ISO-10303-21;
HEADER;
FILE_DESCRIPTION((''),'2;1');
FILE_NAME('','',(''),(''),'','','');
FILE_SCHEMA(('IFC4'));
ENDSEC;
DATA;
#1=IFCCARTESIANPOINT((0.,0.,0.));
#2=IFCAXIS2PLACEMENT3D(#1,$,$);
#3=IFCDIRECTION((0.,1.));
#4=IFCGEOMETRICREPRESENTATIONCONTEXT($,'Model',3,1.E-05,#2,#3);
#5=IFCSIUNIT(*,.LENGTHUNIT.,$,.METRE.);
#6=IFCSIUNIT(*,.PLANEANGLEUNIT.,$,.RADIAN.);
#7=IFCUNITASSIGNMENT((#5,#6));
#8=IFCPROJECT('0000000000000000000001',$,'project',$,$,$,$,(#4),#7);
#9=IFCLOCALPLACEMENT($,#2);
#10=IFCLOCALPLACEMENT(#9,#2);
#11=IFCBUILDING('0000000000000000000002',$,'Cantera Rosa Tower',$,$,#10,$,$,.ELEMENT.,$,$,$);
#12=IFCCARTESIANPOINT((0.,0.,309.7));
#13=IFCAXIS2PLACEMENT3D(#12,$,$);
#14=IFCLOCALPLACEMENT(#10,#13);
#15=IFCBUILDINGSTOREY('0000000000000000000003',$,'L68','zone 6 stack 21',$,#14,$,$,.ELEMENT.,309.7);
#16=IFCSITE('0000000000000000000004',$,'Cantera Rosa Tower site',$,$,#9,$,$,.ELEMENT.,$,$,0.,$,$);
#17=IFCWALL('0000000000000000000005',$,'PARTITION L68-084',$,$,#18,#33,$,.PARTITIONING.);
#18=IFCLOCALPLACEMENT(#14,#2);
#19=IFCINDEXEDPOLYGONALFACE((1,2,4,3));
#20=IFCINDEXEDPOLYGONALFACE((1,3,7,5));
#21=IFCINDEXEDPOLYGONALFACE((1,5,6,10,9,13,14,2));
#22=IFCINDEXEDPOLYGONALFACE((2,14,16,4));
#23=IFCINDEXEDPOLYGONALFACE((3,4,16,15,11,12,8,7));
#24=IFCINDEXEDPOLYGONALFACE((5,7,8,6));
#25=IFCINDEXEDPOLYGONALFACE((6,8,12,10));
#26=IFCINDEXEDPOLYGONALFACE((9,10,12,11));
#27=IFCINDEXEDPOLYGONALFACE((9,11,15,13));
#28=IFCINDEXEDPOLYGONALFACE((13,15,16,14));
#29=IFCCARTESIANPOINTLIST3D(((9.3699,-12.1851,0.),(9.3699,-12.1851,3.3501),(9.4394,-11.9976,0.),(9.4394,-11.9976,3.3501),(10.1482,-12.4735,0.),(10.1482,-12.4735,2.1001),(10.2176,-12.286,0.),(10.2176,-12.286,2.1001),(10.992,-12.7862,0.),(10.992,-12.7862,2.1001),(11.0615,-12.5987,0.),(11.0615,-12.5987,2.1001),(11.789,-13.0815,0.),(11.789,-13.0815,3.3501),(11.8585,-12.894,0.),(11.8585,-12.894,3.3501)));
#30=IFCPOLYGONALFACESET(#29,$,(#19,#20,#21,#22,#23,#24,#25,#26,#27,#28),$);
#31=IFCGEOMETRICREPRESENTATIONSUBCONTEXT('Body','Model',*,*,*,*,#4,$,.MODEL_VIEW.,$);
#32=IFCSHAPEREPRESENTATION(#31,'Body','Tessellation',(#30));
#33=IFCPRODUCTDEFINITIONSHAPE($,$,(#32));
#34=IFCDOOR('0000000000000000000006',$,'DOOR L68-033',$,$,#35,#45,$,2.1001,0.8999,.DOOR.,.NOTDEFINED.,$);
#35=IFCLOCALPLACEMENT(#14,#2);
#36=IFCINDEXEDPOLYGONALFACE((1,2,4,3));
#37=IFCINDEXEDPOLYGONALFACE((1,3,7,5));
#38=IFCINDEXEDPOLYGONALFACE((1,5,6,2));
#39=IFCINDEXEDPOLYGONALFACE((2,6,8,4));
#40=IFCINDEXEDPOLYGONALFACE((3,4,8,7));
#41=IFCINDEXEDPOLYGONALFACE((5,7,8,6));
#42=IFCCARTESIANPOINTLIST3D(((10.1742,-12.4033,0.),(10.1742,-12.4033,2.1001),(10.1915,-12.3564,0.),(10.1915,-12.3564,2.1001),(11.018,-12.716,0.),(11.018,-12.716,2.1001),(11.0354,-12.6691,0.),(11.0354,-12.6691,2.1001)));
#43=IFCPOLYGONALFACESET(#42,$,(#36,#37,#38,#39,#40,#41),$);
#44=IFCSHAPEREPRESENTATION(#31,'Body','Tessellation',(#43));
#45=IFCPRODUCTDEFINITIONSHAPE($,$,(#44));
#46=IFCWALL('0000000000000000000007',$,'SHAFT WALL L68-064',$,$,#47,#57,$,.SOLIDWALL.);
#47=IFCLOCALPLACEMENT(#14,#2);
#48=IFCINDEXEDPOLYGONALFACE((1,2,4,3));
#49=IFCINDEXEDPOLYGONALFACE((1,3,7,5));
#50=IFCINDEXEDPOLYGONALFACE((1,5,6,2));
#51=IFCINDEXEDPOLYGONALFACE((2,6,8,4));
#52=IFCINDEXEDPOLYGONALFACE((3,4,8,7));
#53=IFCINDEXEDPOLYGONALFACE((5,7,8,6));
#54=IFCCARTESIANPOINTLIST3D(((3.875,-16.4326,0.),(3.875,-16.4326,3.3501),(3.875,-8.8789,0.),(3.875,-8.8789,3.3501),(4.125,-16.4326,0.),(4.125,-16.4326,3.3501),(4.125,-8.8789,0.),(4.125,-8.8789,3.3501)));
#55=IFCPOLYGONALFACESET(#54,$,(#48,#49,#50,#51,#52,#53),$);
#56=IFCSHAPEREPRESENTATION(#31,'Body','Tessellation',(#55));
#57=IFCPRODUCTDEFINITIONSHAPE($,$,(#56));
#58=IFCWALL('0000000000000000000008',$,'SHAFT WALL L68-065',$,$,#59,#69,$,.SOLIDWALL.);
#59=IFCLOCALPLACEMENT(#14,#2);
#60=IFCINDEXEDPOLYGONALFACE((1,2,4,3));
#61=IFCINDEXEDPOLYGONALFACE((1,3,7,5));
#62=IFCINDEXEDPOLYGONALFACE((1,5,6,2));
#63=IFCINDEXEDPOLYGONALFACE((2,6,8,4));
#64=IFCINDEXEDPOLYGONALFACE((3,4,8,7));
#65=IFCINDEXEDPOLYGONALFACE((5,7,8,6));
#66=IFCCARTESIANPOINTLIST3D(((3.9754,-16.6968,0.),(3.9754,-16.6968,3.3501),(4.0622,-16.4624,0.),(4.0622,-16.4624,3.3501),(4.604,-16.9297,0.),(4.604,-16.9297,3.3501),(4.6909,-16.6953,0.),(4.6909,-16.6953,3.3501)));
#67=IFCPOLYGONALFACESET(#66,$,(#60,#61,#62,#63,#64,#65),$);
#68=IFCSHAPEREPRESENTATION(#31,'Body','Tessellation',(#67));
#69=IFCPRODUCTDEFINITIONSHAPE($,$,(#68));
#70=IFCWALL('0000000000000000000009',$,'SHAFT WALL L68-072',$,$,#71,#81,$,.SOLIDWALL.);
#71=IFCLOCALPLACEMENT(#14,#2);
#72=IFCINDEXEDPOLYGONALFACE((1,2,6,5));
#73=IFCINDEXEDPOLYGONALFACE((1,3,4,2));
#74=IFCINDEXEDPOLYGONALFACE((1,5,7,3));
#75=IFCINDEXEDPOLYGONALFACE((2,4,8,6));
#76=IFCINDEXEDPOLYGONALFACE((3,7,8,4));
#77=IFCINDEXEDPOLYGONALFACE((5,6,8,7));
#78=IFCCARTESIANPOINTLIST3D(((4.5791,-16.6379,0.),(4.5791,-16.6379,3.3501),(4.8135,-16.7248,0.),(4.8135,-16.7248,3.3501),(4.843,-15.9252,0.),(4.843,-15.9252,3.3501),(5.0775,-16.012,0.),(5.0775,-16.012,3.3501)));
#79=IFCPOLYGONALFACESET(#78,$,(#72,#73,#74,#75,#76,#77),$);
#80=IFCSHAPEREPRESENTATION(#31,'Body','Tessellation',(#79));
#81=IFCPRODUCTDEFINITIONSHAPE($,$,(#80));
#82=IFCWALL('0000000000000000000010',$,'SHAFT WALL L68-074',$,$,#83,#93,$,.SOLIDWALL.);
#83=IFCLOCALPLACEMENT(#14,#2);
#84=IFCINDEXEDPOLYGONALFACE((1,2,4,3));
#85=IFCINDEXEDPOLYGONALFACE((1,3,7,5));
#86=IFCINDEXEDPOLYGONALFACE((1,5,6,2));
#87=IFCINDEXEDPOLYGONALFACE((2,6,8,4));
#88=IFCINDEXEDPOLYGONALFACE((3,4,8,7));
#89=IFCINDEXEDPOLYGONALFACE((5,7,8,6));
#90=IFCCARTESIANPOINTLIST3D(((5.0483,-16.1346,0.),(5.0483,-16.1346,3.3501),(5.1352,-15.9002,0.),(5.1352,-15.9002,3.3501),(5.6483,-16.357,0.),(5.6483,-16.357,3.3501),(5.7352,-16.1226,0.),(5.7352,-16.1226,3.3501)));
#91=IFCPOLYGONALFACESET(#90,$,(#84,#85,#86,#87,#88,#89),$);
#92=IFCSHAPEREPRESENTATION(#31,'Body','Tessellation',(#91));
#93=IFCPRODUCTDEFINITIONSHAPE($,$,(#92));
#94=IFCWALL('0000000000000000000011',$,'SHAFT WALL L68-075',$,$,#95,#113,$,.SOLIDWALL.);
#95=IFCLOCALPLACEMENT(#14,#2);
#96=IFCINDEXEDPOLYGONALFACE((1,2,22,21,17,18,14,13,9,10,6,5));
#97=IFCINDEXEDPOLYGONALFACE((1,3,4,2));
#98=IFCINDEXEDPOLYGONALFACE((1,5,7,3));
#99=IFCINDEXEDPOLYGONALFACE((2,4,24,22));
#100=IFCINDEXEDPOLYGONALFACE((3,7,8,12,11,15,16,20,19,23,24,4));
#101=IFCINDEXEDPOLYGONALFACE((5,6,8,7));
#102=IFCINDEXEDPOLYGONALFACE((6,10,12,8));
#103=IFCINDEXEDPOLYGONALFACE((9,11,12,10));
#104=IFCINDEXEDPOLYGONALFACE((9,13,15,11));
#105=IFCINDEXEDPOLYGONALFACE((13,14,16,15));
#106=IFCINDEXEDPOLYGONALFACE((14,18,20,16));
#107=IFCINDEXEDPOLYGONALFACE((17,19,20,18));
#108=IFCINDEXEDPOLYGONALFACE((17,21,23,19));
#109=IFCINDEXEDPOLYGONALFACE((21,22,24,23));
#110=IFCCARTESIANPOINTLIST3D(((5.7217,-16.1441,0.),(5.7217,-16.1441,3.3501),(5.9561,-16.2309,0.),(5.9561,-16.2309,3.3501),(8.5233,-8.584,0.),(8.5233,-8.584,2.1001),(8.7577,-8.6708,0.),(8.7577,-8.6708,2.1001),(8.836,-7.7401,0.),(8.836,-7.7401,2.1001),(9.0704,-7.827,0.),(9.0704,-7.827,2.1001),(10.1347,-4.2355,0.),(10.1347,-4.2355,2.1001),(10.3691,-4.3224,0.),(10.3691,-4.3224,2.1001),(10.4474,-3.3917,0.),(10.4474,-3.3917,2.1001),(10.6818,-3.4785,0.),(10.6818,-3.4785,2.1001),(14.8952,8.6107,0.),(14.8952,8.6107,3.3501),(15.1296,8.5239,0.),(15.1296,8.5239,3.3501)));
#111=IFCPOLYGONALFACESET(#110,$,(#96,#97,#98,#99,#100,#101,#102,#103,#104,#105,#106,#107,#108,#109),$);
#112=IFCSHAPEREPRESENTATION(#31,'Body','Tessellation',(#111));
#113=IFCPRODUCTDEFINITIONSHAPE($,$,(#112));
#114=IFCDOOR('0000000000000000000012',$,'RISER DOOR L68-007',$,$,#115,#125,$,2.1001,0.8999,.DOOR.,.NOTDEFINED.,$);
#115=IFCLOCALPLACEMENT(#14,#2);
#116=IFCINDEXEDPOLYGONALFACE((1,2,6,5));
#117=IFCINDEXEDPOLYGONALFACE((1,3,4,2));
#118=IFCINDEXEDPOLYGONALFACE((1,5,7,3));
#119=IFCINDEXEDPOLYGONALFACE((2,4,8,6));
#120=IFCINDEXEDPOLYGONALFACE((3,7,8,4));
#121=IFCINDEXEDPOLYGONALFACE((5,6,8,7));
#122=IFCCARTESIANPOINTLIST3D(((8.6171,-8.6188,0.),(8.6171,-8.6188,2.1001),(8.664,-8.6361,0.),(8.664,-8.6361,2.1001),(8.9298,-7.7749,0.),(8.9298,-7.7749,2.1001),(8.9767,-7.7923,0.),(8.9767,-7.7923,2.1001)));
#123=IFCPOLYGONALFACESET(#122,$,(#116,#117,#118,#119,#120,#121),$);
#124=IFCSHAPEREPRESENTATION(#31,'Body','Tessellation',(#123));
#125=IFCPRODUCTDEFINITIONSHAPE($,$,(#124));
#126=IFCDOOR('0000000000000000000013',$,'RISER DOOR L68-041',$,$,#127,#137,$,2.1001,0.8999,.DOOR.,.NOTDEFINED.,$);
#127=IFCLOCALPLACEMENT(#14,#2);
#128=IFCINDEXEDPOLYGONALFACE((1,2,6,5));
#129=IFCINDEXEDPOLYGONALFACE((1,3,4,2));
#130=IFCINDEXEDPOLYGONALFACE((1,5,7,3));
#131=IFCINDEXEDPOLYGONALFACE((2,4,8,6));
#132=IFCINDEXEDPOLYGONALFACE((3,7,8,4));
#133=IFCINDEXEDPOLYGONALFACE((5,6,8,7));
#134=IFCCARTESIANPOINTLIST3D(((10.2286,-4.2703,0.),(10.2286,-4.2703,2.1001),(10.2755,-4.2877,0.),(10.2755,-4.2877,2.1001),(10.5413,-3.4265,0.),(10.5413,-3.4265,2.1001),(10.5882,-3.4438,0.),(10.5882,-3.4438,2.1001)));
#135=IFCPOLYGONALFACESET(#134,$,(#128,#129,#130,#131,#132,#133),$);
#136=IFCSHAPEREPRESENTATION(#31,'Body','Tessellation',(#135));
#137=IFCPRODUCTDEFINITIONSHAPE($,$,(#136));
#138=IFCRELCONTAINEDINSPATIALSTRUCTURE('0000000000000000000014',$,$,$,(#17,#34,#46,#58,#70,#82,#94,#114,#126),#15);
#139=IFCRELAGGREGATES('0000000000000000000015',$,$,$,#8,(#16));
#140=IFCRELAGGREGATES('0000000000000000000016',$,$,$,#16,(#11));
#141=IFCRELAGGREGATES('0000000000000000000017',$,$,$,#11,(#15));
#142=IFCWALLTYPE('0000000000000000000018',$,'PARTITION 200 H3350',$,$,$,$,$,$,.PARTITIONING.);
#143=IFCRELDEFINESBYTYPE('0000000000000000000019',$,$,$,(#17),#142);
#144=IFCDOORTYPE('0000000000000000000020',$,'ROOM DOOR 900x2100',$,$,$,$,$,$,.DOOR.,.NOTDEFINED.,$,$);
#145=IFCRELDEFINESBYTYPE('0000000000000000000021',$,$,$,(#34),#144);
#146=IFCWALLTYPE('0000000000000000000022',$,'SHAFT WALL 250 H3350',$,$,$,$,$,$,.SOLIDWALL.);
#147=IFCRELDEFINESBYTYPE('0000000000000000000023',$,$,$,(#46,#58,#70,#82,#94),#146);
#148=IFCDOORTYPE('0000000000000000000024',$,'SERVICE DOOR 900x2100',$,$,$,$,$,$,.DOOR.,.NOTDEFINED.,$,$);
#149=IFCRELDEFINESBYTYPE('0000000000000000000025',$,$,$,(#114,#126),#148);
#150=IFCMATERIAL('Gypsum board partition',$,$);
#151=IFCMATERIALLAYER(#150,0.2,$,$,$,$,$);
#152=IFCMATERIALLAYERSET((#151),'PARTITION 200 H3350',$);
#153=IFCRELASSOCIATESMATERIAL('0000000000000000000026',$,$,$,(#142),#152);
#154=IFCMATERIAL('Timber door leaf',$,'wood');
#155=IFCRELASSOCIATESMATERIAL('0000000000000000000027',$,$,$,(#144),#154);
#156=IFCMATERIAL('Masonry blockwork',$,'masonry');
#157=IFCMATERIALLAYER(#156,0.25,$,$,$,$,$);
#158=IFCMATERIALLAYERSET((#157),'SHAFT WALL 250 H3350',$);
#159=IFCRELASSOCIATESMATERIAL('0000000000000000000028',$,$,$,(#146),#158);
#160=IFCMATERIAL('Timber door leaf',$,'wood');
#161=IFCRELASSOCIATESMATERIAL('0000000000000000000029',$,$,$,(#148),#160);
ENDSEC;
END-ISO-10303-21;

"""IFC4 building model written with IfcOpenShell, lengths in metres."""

from ifc_helpers import new_model, si_unit, direction, frame, frame_2d, origin, place, context, subcontext, project, spatial, rectangle, extrude, material, layer, layer_set, type_object, element, fill, save


model = new_model("IFC4")

# Units and contexts
model_context = context("Model", 3, precision=1e-05, world=origin(), true_north=direction((0.0, 1.0)))
body_context = subcontext(model_context, "Body", "Model", "MODEL_VIEW")
ifc_project = project(units=[si_unit("LENGTHUNIT", "METRE"), si_unit("PLANEANGLEUNIT", "RADIAN")], contexts=[model_context])

# Site, building, storey
site_placement = place(None, origin())
site = spatial("IfcSite", under=ifc_project, at=site_placement, Name="Cantera Rosa Tower site", CompositionType="ELEMENT", RefElevation=0.0)
building_placement = place(site_placement, origin())
building = spatial("IfcBuilding", under=site, at=building_placement, Name="Cantera Rosa Tower", CompositionType="ELEMENT")
storey_placement = place(building_placement, frame((0.0, 0.0, 309.7)))
storey = spatial("IfcBuildingStorey", under=building, at=storey_placement, Name="L68", Description="zone 6 stack 21", CompositionType="ELEMENT", Elevation=309.7)

# Wall, opening, door
ifc_material_1 = material(Name="Gypsum board partition")
ifc_layer_1 = layer(ifc_material_1, 0.2)
ifc_layer_set_1 = layer_set([ifc_layer_1], Name="PARTITION 200 H3350")
wall_type_1 = type_object("IfcWallType", Name="PARTITION 200 H3350", PredefinedType="PARTITIONING", material=ifc_layer_set_1)
wall_1_placement = place(storey_placement, frame((9.4045, -12.0913, 0.0), z_axis=(0.0, 0.0, 1.0), x_axis=(0.937687, -0.347481, 0.0)))
wall_1 = element("IfcWall", 1, at=wall_1_placement, inside=storey, type_object=wall_type_1, Name="PARTITION L68-084", PredefinedType="PARTITIONING", context=body_context, shape_type="SweptSolid", body=[
    extrude(rectangle(XDim=2.5798, YDim=0.2, at=frame_2d((1.29, 0.0))), origin(), (0.0, 0.0, 1.0), 3.3501),
])
opening_1_placement = place(wall_1_placement, frame((0.8301, 0.0, 0.0)))
opening_1 = element("IfcOpeningElement", 2, at=opening_1_placement, cuts=wall_1, PredefinedType="OPENING", context=body_context, shape_type="SweptSolid", body=[
    extrude(rectangle(XDim=0.8999, YDim=2.1001, at=frame_2d((0.45, 1.05))), frame((0.0, 0.1099, 0.0), z_axis=(0.0, -1.0, 0.0), x_axis=(1.0, 0.0, 0.0)), (0.0, 0.0, 1.0), 0.22),
])
ifc_material_2 = material(Name="Timber door leaf", Category="wood")
door_type_1 = type_object("IfcDoorType", Name="ROOM DOOR 900x2100", OperationType="NOTDEFINED", PredefinedType="DOOR", material=ifc_material_2)
door_1_placement = place(opening_1_placement, origin())
door_1 = element("IfcDoor", 3, at=door_1_placement, inside=storey, type_object=door_type_1, Name="DOOR L68-033", OperationType="NOTDEFINED", OverallHeight=2.1001, OverallWidth=0.8999, PredefinedType="DOOR", context=body_context, shape_type="SweptSolid", body=[
    extrude(rectangle(XDim=0.8999, YDim=2.1001, at=frame_2d((0.45, 1.05))), frame((0.0, 0.0249, 0.0), z_axis=(0.0, -1.0, 0.0), x_axis=(1.0, 0.0, 0.0)), (0.0, 0.0, 1.0), 0.05),
])
fill(opening_1, door_1)

# Walls
ifc_material_3 = material(Name="Masonry blockwork", Category="masonry")
ifc_layer_2 = layer(ifc_material_3, 0.25)
ifc_layer_set_2 = layer_set([ifc_layer_2], Name="SHAFT WALL 250 H3350")
wall_type_2 = type_object("IfcWallType", Name="SHAFT WALL 250 H3350", PredefinedType="SOLIDWALL", material=ifc_layer_set_2)
wall_2_placement = place(storey_placement, frame((4.0, -16.4326, 0.0), z_axis=(0.0, 0.0, 1.0), x_axis=(0.0, 1.0, 0.0)))
element("IfcWall", 4, at=wall_2_placement, inside=storey, type_object=wall_type_2, Name="SHAFT WALL L68-064", PredefinedType="SOLIDWALL", context=body_context, shape_type="SweptSolid", body=[
    extrude(rectangle(XDim=7.5537, YDim=0.25, at=frame_2d((3.7769, 0.0))), origin(), (0.0, 0.0, 1.0), 3.3501),
])
wall_3_placement = place(storey_placement, frame((4.0188, -16.5796, 0.0), z_axis=(0.0, 0.0, 1.0), x_axis=(0.937714, -0.347409, 0.0)))
element("IfcWall", 5, at=wall_3_placement, inside=storey, type_object=wall_type_2, Name="SHAFT WALL L68-065", PredefinedType="SOLIDWALL", context=body_context, shape_type="SweptSolid", body=[
    extrude(rectangle(XDim=0.6704, YDim=0.25, at=frame_2d((0.3352, 0.0))), origin(), (0.0, 0.0, 1.0), 3.3501),
])
wall_4_placement = place(storey_placement, frame((4.9602, -15.9688, 0.0), z_axis=(0.0, 0.0, 1.0), x_axis=(-0.347283, -0.93776, 0.0)))
element("IfcWall", 6, at=wall_4_placement, inside=storey, type_object=wall_type_2, Name="SHAFT WALL L68-072", PredefinedType="SOLIDWALL", context=body_context, shape_type="SweptSolid", body=[
    extrude(rectangle(XDim=0.76, YDim=0.25, at=frame_2d((0.3799, 0.0))), origin(), (0.0, 0.0, 1.0), 3.3501),
])
wall_5_placement = place(storey_placement, frame((5.6917, -16.2397, 0.0), z_axis=(0.0, 0.0, 1.0), x_axis=(-0.937671, 0.347526, 0.0)))
element("IfcWall", 7, at=wall_5_placement, inside=storey, type_object=wall_type_2, Name="SHAFT WALL L68-074", PredefinedType="SOLIDWALL", context=body_context, shape_type="SweptSolid", body=[
    extrude(rectangle(XDim=0.6399, YDim=0.25, at=frame_2d((0.3198, 0.0))), origin(), (0.0, 0.0, 1.0), 3.3501),
])

# Wall, openings, doors
wall_6_placement = place(storey_placement, frame((5.8389, -16.1875, 0.0), z_axis=(0.0, 0.0, 1.0), x_axis=(0.347485, 0.937686, 0.0)))
wall_6 = element("IfcWall", 8, at=wall_6_placement, inside=storey, type_object=wall_type_2, Name="SHAFT WALL L68-075", PredefinedType="SOLIDWALL", context=body_context, shape_type="SweptSolid", body=[
    extrude(rectangle(XDim=26.3999, YDim=0.25, at=frame_2d((13.2, 0.0))), origin(), (0.0, 0.0, 1.0), 3.3501),
])
opening_2_placement = place(wall_6_placement, frame((8.0625, 0.0, 0.0)))
opening_2 = element("IfcOpeningElement", 9, at=opening_2_placement, cuts=wall_6, PredefinedType="OPENING", context=body_context, shape_type="SweptSolid", body=[
    extrude(rectangle(XDim=0.8999, YDim=2.1001, at=frame_2d((0.45, 1.05))), frame((0.0, 0.135, 0.0), z_axis=(0.0, -1.0, 0.0), x_axis=(1.0, 0.0, 0.0)), (0.0, 0.0, 1.0), 0.27),
])
opening_3_placement = place(wall_6_placement, frame((12.7, 0.0, 0.0)))
opening_3 = element("IfcOpeningElement", 10, at=opening_3_placement, cuts=wall_6, PredefinedType="OPENING", context=body_context, shape_type="SweptSolid", body=[
    extrude(rectangle(XDim=0.8999, YDim=2.1001, at=frame_2d((0.45, 1.05))), frame((0.0, 0.135, 0.0), z_axis=(0.0, -1.0, 0.0), x_axis=(1.0, 0.0, 0.0)), (0.0, 0.0, 1.0), 0.27),
])
ifc_material_4 = material(Name="Timber door leaf", Category="wood")
door_type_2 = type_object("IfcDoorType", Name="SERVICE DOOR 900x2100", OperationType="NOTDEFINED", PredefinedType="DOOR", material=ifc_material_4)
door_2_placement = place(opening_2_placement, origin())
door_2 = element("IfcDoor", 11, at=door_2_placement, inside=storey, type_object=door_type_2, Name="RISER DOOR L68-007", OperationType="NOTDEFINED", OverallHeight=2.1001, OverallWidth=0.8999, PredefinedType="DOOR", context=body_context, shape_type="SweptSolid", body=[
    extrude(rectangle(XDim=0.8999, YDim=2.1001, at=frame_2d((0.45, 1.05))), frame((0.0, 0.0249, 0.0), z_axis=(0.0, -1.0, 0.0), x_axis=(1.0, 0.0, 0.0)), (0.0, 0.0, 1.0), 0.05),
])
fill(opening_2, door_2)
door_3_placement = place(opening_3_placement, origin())
door_3 = element("IfcDoor", 12, at=door_3_placement, inside=storey, type_object=door_type_2, Name="RISER DOOR L68-041", OperationType="NOTDEFINED", OverallHeight=2.1001, OverallWidth=0.8999, PredefinedType="DOOR", context=body_context, shape_type="SweptSolid", body=[
    extrude(rectangle(XDim=0.8999, YDim=2.1001, at=frame_2d((0.45, 1.05))), frame((0.0, 0.0249, 0.0), z_axis=(0.0, -1.0, 0.0), x_axis=(1.0, 0.0, 0.0)), (0.0, 0.0, 1.0), 0.05),
])
fill(opening_3, door_3)

save(model, "model.ifc")
